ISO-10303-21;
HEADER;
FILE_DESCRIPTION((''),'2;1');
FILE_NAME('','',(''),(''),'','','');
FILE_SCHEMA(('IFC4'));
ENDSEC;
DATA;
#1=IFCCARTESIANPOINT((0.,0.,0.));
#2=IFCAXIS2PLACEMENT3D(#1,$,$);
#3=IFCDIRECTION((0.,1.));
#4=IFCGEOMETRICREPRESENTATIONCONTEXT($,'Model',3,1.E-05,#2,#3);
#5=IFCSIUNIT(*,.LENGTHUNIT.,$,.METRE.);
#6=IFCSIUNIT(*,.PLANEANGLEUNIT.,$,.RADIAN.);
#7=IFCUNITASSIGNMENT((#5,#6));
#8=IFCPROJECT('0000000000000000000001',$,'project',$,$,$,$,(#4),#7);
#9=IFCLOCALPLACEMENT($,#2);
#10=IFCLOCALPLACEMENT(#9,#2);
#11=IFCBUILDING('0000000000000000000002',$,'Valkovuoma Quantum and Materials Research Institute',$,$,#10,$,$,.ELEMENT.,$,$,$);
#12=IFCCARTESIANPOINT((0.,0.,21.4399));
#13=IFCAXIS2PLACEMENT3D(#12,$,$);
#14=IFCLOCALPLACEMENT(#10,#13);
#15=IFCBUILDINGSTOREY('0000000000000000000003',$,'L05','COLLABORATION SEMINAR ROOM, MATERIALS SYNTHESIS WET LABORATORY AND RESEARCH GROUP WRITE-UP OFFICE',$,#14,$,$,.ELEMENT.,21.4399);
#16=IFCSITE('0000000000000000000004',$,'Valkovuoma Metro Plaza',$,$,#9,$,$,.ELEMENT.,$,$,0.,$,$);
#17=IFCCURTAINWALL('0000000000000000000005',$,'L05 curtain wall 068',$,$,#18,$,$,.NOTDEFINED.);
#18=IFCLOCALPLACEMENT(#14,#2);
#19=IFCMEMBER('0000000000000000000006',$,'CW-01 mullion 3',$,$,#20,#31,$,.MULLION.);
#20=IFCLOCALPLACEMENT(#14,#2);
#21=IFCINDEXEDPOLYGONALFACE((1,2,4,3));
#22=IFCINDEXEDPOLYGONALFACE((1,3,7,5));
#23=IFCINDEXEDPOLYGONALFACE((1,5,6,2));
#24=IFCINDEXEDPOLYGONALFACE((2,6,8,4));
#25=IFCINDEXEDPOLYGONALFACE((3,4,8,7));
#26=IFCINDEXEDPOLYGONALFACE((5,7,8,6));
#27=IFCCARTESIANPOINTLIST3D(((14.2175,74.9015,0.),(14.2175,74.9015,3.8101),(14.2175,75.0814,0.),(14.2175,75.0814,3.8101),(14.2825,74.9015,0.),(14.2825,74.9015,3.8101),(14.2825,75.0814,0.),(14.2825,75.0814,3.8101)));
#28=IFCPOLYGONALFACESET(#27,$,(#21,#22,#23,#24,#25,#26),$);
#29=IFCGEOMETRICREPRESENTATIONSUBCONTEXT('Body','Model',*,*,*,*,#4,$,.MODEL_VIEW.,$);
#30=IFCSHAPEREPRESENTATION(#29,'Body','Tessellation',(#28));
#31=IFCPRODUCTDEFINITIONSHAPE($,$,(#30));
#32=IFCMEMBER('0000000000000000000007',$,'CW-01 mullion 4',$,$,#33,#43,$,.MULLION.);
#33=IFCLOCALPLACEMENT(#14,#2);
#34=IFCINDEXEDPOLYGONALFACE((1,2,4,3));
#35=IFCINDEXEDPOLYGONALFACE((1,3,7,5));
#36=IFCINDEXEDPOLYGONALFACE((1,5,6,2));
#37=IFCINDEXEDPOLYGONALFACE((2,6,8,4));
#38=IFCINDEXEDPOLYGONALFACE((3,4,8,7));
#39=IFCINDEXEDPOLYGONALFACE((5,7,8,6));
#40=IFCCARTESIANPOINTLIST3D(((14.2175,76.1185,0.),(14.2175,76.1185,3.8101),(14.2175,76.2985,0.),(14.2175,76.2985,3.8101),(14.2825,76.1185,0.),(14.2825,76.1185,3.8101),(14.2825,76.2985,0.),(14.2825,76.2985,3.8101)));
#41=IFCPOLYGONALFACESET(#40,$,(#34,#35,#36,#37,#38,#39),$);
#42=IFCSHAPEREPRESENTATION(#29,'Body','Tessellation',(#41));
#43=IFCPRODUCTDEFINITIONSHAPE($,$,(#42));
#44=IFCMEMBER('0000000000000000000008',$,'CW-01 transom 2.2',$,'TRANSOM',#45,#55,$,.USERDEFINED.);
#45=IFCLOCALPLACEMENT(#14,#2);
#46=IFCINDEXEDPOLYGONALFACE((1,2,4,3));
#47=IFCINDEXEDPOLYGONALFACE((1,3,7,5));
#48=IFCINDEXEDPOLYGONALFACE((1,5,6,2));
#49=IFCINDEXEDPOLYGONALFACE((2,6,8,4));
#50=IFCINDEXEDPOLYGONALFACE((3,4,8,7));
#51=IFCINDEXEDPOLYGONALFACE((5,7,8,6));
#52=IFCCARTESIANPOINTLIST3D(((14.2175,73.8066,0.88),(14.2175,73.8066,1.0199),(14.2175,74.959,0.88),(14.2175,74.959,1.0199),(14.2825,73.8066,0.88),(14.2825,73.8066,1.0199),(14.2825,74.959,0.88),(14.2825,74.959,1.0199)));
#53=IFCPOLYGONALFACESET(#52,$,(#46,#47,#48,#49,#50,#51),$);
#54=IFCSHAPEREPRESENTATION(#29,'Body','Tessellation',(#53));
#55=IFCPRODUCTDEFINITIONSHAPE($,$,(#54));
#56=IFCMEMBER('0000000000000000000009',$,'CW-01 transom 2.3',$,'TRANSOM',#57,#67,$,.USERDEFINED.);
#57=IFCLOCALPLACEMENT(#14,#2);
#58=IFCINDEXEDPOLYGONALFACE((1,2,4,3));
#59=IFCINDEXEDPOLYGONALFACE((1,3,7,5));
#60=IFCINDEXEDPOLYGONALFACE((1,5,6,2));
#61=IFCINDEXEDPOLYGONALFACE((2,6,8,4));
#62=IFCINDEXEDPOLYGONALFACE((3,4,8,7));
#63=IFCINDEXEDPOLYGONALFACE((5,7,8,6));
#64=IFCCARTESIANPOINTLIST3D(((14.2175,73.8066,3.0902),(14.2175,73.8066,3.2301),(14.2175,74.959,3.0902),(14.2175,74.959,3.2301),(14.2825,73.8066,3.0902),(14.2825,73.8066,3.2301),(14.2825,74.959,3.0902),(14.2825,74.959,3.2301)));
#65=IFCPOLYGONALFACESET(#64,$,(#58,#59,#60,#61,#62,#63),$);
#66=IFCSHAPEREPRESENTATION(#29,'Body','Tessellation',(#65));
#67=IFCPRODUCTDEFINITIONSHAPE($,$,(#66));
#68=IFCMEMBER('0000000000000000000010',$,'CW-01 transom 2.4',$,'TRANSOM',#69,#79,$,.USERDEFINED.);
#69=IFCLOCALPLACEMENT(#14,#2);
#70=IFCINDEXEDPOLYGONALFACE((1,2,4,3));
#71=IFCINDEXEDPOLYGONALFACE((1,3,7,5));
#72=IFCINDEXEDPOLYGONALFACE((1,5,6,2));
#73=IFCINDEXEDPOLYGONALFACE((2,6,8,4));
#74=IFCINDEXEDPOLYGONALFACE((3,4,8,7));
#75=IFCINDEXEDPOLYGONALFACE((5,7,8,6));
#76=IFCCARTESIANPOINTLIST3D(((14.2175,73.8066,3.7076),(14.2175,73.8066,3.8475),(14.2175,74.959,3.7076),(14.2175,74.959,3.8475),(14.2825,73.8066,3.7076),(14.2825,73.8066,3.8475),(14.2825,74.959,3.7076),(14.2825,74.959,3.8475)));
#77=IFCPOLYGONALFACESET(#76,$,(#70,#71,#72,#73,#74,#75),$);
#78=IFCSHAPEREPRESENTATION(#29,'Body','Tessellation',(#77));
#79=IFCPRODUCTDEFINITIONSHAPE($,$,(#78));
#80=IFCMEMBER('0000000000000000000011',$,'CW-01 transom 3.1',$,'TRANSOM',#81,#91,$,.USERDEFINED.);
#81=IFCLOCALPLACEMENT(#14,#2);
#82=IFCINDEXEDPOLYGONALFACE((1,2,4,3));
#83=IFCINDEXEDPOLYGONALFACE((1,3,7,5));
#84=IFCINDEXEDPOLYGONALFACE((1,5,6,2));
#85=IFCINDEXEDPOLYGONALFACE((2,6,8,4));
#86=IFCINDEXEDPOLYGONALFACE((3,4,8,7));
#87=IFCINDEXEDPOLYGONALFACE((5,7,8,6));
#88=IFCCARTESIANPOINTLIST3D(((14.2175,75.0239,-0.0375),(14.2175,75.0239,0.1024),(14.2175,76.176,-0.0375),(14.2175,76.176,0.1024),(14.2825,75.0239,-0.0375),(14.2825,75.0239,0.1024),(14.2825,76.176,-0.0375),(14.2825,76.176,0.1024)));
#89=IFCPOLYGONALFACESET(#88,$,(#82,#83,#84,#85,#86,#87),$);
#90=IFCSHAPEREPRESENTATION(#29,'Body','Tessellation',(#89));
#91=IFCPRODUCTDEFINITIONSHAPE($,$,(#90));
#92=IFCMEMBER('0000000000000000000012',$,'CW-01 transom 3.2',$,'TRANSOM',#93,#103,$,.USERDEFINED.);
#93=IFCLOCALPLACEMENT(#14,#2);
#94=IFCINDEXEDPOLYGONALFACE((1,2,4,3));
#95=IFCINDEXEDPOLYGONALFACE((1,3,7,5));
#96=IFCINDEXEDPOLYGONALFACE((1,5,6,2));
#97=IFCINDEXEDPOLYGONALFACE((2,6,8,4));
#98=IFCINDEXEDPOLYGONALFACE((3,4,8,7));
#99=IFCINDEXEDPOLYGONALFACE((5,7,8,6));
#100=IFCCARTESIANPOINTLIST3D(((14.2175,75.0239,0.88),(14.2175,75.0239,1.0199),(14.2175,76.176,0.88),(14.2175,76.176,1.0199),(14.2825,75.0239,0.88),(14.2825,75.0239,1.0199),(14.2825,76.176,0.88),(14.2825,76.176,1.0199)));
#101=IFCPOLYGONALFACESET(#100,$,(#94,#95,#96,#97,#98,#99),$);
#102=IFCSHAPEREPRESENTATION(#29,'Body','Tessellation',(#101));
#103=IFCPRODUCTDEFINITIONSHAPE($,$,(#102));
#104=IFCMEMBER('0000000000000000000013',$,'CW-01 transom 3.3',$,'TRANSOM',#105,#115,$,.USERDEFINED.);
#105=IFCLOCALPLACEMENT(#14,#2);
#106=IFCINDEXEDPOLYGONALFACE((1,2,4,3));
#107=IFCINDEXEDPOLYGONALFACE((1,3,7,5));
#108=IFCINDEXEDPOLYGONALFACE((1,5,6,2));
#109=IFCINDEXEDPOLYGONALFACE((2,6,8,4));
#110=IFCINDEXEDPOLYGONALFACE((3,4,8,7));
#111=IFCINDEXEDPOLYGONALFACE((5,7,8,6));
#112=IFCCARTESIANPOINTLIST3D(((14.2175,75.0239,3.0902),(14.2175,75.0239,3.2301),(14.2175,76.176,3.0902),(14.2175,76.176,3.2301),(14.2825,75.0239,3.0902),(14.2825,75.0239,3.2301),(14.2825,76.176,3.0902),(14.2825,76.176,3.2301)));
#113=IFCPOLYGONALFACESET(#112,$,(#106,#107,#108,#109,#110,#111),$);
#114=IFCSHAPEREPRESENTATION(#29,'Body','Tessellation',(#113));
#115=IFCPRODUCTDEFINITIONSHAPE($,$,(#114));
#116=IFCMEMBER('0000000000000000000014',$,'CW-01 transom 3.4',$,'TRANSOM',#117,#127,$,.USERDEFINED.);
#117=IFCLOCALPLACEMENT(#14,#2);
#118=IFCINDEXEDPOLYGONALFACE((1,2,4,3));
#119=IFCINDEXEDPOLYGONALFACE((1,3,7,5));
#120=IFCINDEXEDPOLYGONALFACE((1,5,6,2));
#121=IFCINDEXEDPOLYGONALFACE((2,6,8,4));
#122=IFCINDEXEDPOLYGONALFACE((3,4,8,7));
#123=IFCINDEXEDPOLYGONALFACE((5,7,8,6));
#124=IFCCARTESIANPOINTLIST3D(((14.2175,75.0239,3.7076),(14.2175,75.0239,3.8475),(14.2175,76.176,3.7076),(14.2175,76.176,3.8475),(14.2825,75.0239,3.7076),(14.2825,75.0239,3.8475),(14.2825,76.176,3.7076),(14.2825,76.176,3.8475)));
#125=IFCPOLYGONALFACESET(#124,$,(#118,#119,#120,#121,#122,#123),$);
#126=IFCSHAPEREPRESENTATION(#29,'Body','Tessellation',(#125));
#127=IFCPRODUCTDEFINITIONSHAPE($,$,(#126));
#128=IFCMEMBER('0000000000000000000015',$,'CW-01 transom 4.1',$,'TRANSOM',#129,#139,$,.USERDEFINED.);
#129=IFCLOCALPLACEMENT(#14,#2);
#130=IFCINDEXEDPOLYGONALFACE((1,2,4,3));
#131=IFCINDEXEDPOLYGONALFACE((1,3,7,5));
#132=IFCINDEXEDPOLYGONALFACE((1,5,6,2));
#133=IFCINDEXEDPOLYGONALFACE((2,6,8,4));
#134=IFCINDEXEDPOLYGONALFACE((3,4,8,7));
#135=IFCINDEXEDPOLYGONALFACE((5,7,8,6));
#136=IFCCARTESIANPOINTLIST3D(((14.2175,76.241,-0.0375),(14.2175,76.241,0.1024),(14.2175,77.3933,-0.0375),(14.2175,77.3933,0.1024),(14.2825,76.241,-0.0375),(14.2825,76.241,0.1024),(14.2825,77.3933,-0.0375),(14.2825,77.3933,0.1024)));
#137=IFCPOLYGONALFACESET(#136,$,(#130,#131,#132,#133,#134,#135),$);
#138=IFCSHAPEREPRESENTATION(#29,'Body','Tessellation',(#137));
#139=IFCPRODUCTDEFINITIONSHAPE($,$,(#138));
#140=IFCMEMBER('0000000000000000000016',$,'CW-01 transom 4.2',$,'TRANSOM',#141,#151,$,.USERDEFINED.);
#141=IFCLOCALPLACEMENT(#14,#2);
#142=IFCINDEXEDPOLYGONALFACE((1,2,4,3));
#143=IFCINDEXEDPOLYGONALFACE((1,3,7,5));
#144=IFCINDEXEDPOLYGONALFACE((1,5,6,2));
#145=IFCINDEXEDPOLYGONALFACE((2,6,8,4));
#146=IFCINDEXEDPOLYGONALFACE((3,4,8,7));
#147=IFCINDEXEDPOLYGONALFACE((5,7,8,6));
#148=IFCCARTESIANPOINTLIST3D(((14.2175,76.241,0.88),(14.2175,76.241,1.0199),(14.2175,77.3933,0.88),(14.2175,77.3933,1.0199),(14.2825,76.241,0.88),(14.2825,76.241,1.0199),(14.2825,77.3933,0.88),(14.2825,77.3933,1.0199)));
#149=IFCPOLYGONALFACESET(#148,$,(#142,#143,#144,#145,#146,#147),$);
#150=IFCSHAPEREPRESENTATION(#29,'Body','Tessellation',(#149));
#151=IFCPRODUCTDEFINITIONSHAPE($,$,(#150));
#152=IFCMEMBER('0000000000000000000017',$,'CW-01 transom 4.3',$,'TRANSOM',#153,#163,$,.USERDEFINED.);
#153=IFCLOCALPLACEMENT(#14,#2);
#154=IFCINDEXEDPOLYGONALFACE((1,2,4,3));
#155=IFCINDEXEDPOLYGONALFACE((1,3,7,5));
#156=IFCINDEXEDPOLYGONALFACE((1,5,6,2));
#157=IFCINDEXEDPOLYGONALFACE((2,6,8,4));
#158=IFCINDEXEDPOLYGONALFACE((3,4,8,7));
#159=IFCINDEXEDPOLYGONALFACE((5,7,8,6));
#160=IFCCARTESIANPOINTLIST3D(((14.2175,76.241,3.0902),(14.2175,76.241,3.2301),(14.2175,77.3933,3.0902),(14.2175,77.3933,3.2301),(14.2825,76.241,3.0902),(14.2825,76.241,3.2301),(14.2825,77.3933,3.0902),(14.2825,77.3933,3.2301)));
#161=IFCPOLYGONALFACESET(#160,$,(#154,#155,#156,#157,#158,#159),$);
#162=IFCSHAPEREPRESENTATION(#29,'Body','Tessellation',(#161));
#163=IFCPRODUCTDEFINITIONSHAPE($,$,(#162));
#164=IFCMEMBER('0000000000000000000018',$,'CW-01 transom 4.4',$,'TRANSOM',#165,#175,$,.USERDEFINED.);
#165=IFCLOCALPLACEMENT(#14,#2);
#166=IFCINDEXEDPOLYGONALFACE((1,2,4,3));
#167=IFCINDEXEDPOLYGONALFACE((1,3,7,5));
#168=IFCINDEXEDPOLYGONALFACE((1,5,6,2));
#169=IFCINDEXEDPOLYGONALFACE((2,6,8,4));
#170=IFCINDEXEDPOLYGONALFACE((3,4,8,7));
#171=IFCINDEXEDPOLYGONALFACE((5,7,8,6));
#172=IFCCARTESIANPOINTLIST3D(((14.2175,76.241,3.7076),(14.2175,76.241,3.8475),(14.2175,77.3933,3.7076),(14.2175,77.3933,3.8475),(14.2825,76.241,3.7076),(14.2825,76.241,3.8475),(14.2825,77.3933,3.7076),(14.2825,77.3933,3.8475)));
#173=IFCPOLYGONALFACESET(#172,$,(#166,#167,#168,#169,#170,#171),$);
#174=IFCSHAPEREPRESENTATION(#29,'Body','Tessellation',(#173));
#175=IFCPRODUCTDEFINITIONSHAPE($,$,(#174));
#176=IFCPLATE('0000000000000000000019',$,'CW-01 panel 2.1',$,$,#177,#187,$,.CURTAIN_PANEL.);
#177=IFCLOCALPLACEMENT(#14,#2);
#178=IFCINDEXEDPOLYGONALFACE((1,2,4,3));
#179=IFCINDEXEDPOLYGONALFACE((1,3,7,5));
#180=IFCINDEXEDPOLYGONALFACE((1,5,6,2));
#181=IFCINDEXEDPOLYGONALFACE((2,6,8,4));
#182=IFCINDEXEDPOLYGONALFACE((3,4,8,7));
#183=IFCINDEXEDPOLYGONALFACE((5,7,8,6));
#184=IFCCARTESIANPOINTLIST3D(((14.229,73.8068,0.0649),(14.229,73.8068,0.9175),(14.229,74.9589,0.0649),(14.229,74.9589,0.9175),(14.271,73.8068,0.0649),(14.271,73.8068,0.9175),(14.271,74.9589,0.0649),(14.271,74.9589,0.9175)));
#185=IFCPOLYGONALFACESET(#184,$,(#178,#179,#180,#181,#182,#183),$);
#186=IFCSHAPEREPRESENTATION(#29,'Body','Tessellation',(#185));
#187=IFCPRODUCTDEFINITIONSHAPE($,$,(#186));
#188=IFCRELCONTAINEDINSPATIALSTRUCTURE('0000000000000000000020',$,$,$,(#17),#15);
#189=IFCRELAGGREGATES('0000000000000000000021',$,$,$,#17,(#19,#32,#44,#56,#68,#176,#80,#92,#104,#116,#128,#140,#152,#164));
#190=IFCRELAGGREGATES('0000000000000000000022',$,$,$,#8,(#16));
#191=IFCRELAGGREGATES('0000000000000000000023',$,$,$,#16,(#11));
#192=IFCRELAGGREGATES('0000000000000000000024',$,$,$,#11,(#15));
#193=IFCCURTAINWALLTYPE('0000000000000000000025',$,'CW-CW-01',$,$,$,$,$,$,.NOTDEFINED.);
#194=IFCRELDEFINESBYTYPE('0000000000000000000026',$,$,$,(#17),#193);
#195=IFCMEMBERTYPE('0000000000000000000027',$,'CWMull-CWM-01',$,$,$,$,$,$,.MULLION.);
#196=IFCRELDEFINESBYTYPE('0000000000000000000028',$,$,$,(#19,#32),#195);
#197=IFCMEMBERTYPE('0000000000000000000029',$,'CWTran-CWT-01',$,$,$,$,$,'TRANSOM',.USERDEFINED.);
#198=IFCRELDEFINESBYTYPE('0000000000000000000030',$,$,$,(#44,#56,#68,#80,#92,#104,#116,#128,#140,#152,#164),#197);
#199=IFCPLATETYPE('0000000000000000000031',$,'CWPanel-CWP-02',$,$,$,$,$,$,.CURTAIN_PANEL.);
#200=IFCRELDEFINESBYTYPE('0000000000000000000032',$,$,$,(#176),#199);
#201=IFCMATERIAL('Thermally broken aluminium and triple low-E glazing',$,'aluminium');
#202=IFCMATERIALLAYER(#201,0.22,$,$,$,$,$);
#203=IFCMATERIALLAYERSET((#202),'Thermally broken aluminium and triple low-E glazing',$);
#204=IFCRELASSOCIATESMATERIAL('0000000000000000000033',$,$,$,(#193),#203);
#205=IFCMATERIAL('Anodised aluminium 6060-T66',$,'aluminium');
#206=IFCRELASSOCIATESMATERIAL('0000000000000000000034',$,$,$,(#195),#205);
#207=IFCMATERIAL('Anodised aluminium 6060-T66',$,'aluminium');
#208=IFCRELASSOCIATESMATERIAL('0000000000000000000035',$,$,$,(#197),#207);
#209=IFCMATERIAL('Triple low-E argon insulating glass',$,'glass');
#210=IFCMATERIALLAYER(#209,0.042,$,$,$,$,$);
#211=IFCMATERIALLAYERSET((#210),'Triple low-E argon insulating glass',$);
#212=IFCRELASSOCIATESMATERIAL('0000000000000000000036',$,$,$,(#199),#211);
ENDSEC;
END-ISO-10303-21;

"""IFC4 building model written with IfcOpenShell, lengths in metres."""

from ifc_helpers import new_model, si_unit, direction, frame, origin, origin_2d, place, context, subcontext, project, spatial, rectangle, extrude, material, layer, layer_set, material_profile, profile_set, type_object, element, aggregate, save


model = new_model("IFC4")

# Units and contexts
model_context = context("Model", 3, precision=1e-05, world=origin(), true_north=direction((0.0, 1.0)))
body_context = subcontext(model_context, "Body", "Model", "MODEL_VIEW")
ifc_project = project(units=[si_unit("LENGTHUNIT", "METRE"), si_unit("PLANEANGLEUNIT", "RADIAN")], contexts=[model_context])

# Site, building, storey
site_placement = place(None, origin())
site = spatial("IfcSite", under=ifc_project, at=site_placement, Name="Valkovuoma Metro Plaza", CompositionType="ELEMENT", RefElevation=0.0)
building_placement = place(site_placement, origin())
building = spatial("IfcBuilding", under=site, at=building_placement, Name="Valkovuoma Quantum and Materials Research Institute", CompositionType="ELEMENT")
storey_placement = place(building_placement, frame((0.0, 0.0, 21.4399)))
storey = spatial("IfcBuildingStorey", under=building, at=storey_placement, Name="L05", Description="COLLABORATION SEMINAR ROOM, MATERIALS SYNTHESIS WET LABORATORY AND RESEARCH GROUP WRITE-UP OFFICE", CompositionType="ELEMENT", Elevation=21.4399)

# Curtain wall, members, plate
ifc_material_1 = material(Name="Thermally broken aluminium and triple low-E glazing", Category="aluminium")
ifc_layer_1 = layer(ifc_material_1, 0.22)
ifc_layer_set_1 = layer_set([ifc_layer_1], Name="Thermally broken aluminium and triple low-E glazing")
curtain_wall_type = type_object("IfcCurtainWallType", Name="CW-CW-01", PredefinedType="NOTDEFINED", material=ifc_layer_set_1)
curtain_wall_placement = place(storey_placement, origin())
curtain_wall = element("IfcCurtainWall", 1, at=curtain_wall_placement, inside=storey, type_object=curtain_wall_type, Name="L05 curtain wall 068", PredefinedType="NOTDEFINED")
ifc_material_2 = material(Name="Anodised aluminium 6060-T66", Category="aluminium")
ifc_material_profile_1 = material_profile(ifc_material_2, rectangle(XDim=0.0649, YDim=0.1799, at=origin_2d()), Name="Anodised aluminium 6060-T66")
ifc_profile_set_1 = profile_set([ifc_material_profile_1], Name="Anodised aluminium 6060-T66")
member_type_1 = type_object("IfcMemberType", Name="CWMull-CWM-01", PredefinedType="MULLION", material=ifc_profile_set_1)
member_1_placement = place(storey_placement, frame((14.25, 74.9915, 0.0), z_axis=(0.0, 0.0, 1.0), x_axis=(-1.0, 0.0, 0.0)))
member_1 = element("IfcMember", 2, at=member_1_placement, type_object=member_type_1, Name="CW-01 mullion 3", PredefinedType="MULLION", context=body_context, shape_type="SweptSolid", body=[
    extrude(rectangle(XDim=0.0649, YDim=0.1799, at=origin_2d()), origin(), (0.0, 0.0, 1.0), 3.8101),
])
member_2_placement = place(storey_placement, frame((14.25, 76.2085, 0.0), z_axis=(0.0, 0.0, 1.0), x_axis=(-1.0, 0.0, 0.0)))
member_2 = element("IfcMember", 3, at=member_2_placement, type_object=member_type_1, Name="CW-01 mullion 4", PredefinedType="MULLION", context=body_context, shape_type="SweptSolid", body=[
    extrude(rectangle(XDim=0.0649, YDim=0.1799, at=origin_2d()), origin(), (0.0, 0.0, 1.0), 3.8101),
])
ifc_material_3 = material(Name="Anodised aluminium 6060-T66", Category="aluminium")
ifc_material_profile_2 = material_profile(ifc_material_3, rectangle(XDim=0.0649, YDim=0.1399, at=origin_2d()), Name="Anodised aluminium 6060-T66")
ifc_profile_set_2 = profile_set([ifc_material_profile_2], Name="Anodised aluminium 6060-T66")
member_type_2 = type_object("IfcMemberType", Name="CWTran-CWT-01", ElementType="TRANSOM", PredefinedType="USERDEFINED", material=ifc_profile_set_2)
member_3_placement = place(storey_placement, frame((14.25, 73.8066, 0.95), z_axis=(0.0, 1.0, 0.0), x_axis=(-1.0, 0.0, 0.0)))
member_3 = element("IfcMember", 4, at=member_3_placement, type_object=member_type_2, Name="CW-01 transom 2.2", ObjectType="TRANSOM", PredefinedType="USERDEFINED", context=body_context, shape_type="SweptSolid", body=[
    extrude(rectangle(XDim=0.0649, YDim=0.1399, at=origin_2d()), origin(), (0.0, 0.0, 1.0), 1.1523),
])
member_4_placement = place(storey_placement, frame((14.25, 73.8066, 3.1602), z_axis=(0.0, 1.0, 0.0), x_axis=(-1.0, 0.0, 0.0)))
member_4 = element("IfcMember", 5, at=member_4_placement, type_object=member_type_2, Name="CW-01 transom 2.3", ObjectType="TRANSOM", PredefinedType="USERDEFINED", context=body_context, shape_type="SweptSolid", body=[
    extrude(rectangle(XDim=0.0649, YDim=0.1399, at=origin_2d()), origin(), (0.0, 0.0, 1.0), 1.1523),
])
member_5_placement = place(storey_placement, frame((14.25, 73.8066, 3.7776), z_axis=(0.0, 1.0, 0.0), x_axis=(-1.0, 0.0, 0.0)))
member_5 = element("IfcMember", 6, at=member_5_placement, type_object=member_type_2, Name="CW-01 transom 2.4", ObjectType="TRANSOM", PredefinedType="USERDEFINED", context=body_context, shape_type="SweptSolid", body=[
    extrude(rectangle(XDim=0.0649, YDim=0.1399, at=origin_2d()), origin(), (0.0, 0.0, 1.0), 1.1523),
])
member_6_placement = place(storey_placement, frame((14.25, 75.0239, 0.0325), z_axis=(0.0, 1.0, 0.0), x_axis=(-1.0, 0.0, 0.0)))
member_6 = element("IfcMember", 7, at=member_6_placement, type_object=member_type_2, Name="CW-01 transom 3.1", ObjectType="TRANSOM", PredefinedType="USERDEFINED", context=body_context, shape_type="SweptSolid", body=[
    extrude(rectangle(XDim=0.0649, YDim=0.1399, at=origin_2d()), origin(), (0.0, 0.0, 1.0), 1.1521),
])
member_7_placement = place(storey_placement, frame((14.25, 75.0239, 0.95), z_axis=(0.0, 1.0, 0.0), x_axis=(-1.0, 0.0, 0.0)))
member_7 = element("IfcMember", 8, at=member_7_placement, type_object=member_type_2, Name="CW-01 transom 3.2", ObjectType="TRANSOM", PredefinedType="USERDEFINED", context=body_context, shape_type="SweptSolid", body=[
    extrude(rectangle(XDim=0.0649, YDim=0.1399, at=origin_2d()), origin(), (0.0, 0.0, 1.0), 1.1521),
])
member_8_placement = place(storey_placement, frame((14.25, 75.0239, 3.1602), z_axis=(0.0, 1.0, 0.0), x_axis=(-1.0, 0.0, 0.0)))
member_8 = element("IfcMember", 9, at=member_8_placement, type_object=member_type_2, Name="CW-01 transom 3.3", ObjectType="TRANSOM", PredefinedType="USERDEFINED", context=body_context, shape_type="SweptSolid", body=[
    extrude(rectangle(XDim=0.0649, YDim=0.1399, at=origin_2d()), origin(), (0.0, 0.0, 1.0), 1.1521),
])
member_9_placement = place(storey_placement, frame((14.25, 75.0239, 3.7776), z_axis=(0.0, 1.0, 0.0), x_axis=(-1.0, 0.0, 0.0)))
member_9 = element("IfcMember", 10, at=member_9_placement, type_object=member_type_2, Name="CW-01 transom 3.4", ObjectType="TRANSOM", PredefinedType="USERDEFINED", context=body_context, shape_type="SweptSolid", body=[
    extrude(rectangle(XDim=0.0649, YDim=0.1399, at=origin_2d()), origin(), (0.0, 0.0, 1.0), 1.1521),
])
member_10_placement = place(storey_placement, frame((14.25, 76.241, 0.0325), z_axis=(0.0, 1.0, 0.0), x_axis=(-1.0, 0.0, 0.0)))
member_10 = element("IfcMember", 11, at=member_10_placement, type_object=member_type_2, Name="CW-01 transom 4.1", ObjectType="TRANSOM", PredefinedType="USERDEFINED", context=body_context, shape_type="SweptSolid", body=[
    extrude(rectangle(XDim=0.0649, YDim=0.1399, at=origin_2d()), origin(), (0.0, 0.0, 1.0), 1.1523),
])
member_11_placement = place(storey_placement, frame((14.25, 76.241, 0.95), z_axis=(0.0, 1.0, 0.0), x_axis=(-1.0, 0.0, 0.0)))
member_11 = element("IfcMember", 12, at=member_11_placement, type_object=member_type_2, Name="CW-01 transom 4.2", ObjectType="TRANSOM", PredefinedType="USERDEFINED", context=body_context, shape_type="SweptSolid", body=[
    extrude(rectangle(XDim=0.0649, YDim=0.1399, at=origin_2d()), origin(), (0.0, 0.0, 1.0), 1.1523),
])
member_12_placement = place(storey_placement, frame((14.25, 76.241, 3.1602), z_axis=(0.0, 1.0, 0.0), x_axis=(-1.0, 0.0, 0.0)))
member_12 = element("IfcMember", 13, at=member_12_placement, type_object=member_type_2, Name="CW-01 transom 4.3", ObjectType="TRANSOM", PredefinedType="USERDEFINED", context=body_context, shape_type="SweptSolid", body=[
    extrude(rectangle(XDim=0.0649, YDim=0.1399, at=origin_2d()), origin(), (0.0, 0.0, 1.0), 1.1523),
])
member_13_placement = place(storey_placement, frame((14.25, 76.241, 3.7776), z_axis=(0.0, 1.0, 0.0), x_axis=(-1.0, 0.0, 0.0)))
member_13 = element("IfcMember", 14, at=member_13_placement, type_object=member_type_2, Name="CW-01 transom 4.4", ObjectType="TRANSOM", PredefinedType="USERDEFINED", context=body_context, shape_type="SweptSolid", body=[
    extrude(rectangle(XDim=0.0649, YDim=0.1399, at=origin_2d()), origin(), (0.0, 0.0, 1.0), 1.1523),
])
ifc_material_4 = material(Name="Triple low-E argon insulating glass", Category="glass")
ifc_layer_2 = layer(ifc_material_4, 0.042)
ifc_layer_set_2 = layer_set([ifc_layer_2], Name="Triple low-E argon insulating glass")
plate_type = type_object("IfcPlateType", Name="CWPanel-CWP-02", PredefinedType="CURTAIN_PANEL", material=ifc_layer_set_2)
plate_1_placement = place(storey_placement, frame((14.25, 74.3828, 0.0649), z_axis=(0.0, 0.0, 1.0), x_axis=(0.0, 1.0, 0.0)))
plate_1 = element("IfcPlate", 15, at=plate_1_placement, type_object=plate_type, Name="CW-01 panel 2.1", PredefinedType="CURTAIN_PANEL", context=body_context, shape_type="SweptSolid", body=[
    extrude(rectangle(XDim=1.1521, YDim=0.042, at=origin_2d()), origin(), (0.0, 0.0, 1.0), 0.8525),
])
aggregate(curtain_wall, [member_1, member_2, member_3, member_4, member_5, plate_1, member_6, member_7, member_8, member_9, member_10, member_11, member_12, member_13])

save(model, "model.ifc")
